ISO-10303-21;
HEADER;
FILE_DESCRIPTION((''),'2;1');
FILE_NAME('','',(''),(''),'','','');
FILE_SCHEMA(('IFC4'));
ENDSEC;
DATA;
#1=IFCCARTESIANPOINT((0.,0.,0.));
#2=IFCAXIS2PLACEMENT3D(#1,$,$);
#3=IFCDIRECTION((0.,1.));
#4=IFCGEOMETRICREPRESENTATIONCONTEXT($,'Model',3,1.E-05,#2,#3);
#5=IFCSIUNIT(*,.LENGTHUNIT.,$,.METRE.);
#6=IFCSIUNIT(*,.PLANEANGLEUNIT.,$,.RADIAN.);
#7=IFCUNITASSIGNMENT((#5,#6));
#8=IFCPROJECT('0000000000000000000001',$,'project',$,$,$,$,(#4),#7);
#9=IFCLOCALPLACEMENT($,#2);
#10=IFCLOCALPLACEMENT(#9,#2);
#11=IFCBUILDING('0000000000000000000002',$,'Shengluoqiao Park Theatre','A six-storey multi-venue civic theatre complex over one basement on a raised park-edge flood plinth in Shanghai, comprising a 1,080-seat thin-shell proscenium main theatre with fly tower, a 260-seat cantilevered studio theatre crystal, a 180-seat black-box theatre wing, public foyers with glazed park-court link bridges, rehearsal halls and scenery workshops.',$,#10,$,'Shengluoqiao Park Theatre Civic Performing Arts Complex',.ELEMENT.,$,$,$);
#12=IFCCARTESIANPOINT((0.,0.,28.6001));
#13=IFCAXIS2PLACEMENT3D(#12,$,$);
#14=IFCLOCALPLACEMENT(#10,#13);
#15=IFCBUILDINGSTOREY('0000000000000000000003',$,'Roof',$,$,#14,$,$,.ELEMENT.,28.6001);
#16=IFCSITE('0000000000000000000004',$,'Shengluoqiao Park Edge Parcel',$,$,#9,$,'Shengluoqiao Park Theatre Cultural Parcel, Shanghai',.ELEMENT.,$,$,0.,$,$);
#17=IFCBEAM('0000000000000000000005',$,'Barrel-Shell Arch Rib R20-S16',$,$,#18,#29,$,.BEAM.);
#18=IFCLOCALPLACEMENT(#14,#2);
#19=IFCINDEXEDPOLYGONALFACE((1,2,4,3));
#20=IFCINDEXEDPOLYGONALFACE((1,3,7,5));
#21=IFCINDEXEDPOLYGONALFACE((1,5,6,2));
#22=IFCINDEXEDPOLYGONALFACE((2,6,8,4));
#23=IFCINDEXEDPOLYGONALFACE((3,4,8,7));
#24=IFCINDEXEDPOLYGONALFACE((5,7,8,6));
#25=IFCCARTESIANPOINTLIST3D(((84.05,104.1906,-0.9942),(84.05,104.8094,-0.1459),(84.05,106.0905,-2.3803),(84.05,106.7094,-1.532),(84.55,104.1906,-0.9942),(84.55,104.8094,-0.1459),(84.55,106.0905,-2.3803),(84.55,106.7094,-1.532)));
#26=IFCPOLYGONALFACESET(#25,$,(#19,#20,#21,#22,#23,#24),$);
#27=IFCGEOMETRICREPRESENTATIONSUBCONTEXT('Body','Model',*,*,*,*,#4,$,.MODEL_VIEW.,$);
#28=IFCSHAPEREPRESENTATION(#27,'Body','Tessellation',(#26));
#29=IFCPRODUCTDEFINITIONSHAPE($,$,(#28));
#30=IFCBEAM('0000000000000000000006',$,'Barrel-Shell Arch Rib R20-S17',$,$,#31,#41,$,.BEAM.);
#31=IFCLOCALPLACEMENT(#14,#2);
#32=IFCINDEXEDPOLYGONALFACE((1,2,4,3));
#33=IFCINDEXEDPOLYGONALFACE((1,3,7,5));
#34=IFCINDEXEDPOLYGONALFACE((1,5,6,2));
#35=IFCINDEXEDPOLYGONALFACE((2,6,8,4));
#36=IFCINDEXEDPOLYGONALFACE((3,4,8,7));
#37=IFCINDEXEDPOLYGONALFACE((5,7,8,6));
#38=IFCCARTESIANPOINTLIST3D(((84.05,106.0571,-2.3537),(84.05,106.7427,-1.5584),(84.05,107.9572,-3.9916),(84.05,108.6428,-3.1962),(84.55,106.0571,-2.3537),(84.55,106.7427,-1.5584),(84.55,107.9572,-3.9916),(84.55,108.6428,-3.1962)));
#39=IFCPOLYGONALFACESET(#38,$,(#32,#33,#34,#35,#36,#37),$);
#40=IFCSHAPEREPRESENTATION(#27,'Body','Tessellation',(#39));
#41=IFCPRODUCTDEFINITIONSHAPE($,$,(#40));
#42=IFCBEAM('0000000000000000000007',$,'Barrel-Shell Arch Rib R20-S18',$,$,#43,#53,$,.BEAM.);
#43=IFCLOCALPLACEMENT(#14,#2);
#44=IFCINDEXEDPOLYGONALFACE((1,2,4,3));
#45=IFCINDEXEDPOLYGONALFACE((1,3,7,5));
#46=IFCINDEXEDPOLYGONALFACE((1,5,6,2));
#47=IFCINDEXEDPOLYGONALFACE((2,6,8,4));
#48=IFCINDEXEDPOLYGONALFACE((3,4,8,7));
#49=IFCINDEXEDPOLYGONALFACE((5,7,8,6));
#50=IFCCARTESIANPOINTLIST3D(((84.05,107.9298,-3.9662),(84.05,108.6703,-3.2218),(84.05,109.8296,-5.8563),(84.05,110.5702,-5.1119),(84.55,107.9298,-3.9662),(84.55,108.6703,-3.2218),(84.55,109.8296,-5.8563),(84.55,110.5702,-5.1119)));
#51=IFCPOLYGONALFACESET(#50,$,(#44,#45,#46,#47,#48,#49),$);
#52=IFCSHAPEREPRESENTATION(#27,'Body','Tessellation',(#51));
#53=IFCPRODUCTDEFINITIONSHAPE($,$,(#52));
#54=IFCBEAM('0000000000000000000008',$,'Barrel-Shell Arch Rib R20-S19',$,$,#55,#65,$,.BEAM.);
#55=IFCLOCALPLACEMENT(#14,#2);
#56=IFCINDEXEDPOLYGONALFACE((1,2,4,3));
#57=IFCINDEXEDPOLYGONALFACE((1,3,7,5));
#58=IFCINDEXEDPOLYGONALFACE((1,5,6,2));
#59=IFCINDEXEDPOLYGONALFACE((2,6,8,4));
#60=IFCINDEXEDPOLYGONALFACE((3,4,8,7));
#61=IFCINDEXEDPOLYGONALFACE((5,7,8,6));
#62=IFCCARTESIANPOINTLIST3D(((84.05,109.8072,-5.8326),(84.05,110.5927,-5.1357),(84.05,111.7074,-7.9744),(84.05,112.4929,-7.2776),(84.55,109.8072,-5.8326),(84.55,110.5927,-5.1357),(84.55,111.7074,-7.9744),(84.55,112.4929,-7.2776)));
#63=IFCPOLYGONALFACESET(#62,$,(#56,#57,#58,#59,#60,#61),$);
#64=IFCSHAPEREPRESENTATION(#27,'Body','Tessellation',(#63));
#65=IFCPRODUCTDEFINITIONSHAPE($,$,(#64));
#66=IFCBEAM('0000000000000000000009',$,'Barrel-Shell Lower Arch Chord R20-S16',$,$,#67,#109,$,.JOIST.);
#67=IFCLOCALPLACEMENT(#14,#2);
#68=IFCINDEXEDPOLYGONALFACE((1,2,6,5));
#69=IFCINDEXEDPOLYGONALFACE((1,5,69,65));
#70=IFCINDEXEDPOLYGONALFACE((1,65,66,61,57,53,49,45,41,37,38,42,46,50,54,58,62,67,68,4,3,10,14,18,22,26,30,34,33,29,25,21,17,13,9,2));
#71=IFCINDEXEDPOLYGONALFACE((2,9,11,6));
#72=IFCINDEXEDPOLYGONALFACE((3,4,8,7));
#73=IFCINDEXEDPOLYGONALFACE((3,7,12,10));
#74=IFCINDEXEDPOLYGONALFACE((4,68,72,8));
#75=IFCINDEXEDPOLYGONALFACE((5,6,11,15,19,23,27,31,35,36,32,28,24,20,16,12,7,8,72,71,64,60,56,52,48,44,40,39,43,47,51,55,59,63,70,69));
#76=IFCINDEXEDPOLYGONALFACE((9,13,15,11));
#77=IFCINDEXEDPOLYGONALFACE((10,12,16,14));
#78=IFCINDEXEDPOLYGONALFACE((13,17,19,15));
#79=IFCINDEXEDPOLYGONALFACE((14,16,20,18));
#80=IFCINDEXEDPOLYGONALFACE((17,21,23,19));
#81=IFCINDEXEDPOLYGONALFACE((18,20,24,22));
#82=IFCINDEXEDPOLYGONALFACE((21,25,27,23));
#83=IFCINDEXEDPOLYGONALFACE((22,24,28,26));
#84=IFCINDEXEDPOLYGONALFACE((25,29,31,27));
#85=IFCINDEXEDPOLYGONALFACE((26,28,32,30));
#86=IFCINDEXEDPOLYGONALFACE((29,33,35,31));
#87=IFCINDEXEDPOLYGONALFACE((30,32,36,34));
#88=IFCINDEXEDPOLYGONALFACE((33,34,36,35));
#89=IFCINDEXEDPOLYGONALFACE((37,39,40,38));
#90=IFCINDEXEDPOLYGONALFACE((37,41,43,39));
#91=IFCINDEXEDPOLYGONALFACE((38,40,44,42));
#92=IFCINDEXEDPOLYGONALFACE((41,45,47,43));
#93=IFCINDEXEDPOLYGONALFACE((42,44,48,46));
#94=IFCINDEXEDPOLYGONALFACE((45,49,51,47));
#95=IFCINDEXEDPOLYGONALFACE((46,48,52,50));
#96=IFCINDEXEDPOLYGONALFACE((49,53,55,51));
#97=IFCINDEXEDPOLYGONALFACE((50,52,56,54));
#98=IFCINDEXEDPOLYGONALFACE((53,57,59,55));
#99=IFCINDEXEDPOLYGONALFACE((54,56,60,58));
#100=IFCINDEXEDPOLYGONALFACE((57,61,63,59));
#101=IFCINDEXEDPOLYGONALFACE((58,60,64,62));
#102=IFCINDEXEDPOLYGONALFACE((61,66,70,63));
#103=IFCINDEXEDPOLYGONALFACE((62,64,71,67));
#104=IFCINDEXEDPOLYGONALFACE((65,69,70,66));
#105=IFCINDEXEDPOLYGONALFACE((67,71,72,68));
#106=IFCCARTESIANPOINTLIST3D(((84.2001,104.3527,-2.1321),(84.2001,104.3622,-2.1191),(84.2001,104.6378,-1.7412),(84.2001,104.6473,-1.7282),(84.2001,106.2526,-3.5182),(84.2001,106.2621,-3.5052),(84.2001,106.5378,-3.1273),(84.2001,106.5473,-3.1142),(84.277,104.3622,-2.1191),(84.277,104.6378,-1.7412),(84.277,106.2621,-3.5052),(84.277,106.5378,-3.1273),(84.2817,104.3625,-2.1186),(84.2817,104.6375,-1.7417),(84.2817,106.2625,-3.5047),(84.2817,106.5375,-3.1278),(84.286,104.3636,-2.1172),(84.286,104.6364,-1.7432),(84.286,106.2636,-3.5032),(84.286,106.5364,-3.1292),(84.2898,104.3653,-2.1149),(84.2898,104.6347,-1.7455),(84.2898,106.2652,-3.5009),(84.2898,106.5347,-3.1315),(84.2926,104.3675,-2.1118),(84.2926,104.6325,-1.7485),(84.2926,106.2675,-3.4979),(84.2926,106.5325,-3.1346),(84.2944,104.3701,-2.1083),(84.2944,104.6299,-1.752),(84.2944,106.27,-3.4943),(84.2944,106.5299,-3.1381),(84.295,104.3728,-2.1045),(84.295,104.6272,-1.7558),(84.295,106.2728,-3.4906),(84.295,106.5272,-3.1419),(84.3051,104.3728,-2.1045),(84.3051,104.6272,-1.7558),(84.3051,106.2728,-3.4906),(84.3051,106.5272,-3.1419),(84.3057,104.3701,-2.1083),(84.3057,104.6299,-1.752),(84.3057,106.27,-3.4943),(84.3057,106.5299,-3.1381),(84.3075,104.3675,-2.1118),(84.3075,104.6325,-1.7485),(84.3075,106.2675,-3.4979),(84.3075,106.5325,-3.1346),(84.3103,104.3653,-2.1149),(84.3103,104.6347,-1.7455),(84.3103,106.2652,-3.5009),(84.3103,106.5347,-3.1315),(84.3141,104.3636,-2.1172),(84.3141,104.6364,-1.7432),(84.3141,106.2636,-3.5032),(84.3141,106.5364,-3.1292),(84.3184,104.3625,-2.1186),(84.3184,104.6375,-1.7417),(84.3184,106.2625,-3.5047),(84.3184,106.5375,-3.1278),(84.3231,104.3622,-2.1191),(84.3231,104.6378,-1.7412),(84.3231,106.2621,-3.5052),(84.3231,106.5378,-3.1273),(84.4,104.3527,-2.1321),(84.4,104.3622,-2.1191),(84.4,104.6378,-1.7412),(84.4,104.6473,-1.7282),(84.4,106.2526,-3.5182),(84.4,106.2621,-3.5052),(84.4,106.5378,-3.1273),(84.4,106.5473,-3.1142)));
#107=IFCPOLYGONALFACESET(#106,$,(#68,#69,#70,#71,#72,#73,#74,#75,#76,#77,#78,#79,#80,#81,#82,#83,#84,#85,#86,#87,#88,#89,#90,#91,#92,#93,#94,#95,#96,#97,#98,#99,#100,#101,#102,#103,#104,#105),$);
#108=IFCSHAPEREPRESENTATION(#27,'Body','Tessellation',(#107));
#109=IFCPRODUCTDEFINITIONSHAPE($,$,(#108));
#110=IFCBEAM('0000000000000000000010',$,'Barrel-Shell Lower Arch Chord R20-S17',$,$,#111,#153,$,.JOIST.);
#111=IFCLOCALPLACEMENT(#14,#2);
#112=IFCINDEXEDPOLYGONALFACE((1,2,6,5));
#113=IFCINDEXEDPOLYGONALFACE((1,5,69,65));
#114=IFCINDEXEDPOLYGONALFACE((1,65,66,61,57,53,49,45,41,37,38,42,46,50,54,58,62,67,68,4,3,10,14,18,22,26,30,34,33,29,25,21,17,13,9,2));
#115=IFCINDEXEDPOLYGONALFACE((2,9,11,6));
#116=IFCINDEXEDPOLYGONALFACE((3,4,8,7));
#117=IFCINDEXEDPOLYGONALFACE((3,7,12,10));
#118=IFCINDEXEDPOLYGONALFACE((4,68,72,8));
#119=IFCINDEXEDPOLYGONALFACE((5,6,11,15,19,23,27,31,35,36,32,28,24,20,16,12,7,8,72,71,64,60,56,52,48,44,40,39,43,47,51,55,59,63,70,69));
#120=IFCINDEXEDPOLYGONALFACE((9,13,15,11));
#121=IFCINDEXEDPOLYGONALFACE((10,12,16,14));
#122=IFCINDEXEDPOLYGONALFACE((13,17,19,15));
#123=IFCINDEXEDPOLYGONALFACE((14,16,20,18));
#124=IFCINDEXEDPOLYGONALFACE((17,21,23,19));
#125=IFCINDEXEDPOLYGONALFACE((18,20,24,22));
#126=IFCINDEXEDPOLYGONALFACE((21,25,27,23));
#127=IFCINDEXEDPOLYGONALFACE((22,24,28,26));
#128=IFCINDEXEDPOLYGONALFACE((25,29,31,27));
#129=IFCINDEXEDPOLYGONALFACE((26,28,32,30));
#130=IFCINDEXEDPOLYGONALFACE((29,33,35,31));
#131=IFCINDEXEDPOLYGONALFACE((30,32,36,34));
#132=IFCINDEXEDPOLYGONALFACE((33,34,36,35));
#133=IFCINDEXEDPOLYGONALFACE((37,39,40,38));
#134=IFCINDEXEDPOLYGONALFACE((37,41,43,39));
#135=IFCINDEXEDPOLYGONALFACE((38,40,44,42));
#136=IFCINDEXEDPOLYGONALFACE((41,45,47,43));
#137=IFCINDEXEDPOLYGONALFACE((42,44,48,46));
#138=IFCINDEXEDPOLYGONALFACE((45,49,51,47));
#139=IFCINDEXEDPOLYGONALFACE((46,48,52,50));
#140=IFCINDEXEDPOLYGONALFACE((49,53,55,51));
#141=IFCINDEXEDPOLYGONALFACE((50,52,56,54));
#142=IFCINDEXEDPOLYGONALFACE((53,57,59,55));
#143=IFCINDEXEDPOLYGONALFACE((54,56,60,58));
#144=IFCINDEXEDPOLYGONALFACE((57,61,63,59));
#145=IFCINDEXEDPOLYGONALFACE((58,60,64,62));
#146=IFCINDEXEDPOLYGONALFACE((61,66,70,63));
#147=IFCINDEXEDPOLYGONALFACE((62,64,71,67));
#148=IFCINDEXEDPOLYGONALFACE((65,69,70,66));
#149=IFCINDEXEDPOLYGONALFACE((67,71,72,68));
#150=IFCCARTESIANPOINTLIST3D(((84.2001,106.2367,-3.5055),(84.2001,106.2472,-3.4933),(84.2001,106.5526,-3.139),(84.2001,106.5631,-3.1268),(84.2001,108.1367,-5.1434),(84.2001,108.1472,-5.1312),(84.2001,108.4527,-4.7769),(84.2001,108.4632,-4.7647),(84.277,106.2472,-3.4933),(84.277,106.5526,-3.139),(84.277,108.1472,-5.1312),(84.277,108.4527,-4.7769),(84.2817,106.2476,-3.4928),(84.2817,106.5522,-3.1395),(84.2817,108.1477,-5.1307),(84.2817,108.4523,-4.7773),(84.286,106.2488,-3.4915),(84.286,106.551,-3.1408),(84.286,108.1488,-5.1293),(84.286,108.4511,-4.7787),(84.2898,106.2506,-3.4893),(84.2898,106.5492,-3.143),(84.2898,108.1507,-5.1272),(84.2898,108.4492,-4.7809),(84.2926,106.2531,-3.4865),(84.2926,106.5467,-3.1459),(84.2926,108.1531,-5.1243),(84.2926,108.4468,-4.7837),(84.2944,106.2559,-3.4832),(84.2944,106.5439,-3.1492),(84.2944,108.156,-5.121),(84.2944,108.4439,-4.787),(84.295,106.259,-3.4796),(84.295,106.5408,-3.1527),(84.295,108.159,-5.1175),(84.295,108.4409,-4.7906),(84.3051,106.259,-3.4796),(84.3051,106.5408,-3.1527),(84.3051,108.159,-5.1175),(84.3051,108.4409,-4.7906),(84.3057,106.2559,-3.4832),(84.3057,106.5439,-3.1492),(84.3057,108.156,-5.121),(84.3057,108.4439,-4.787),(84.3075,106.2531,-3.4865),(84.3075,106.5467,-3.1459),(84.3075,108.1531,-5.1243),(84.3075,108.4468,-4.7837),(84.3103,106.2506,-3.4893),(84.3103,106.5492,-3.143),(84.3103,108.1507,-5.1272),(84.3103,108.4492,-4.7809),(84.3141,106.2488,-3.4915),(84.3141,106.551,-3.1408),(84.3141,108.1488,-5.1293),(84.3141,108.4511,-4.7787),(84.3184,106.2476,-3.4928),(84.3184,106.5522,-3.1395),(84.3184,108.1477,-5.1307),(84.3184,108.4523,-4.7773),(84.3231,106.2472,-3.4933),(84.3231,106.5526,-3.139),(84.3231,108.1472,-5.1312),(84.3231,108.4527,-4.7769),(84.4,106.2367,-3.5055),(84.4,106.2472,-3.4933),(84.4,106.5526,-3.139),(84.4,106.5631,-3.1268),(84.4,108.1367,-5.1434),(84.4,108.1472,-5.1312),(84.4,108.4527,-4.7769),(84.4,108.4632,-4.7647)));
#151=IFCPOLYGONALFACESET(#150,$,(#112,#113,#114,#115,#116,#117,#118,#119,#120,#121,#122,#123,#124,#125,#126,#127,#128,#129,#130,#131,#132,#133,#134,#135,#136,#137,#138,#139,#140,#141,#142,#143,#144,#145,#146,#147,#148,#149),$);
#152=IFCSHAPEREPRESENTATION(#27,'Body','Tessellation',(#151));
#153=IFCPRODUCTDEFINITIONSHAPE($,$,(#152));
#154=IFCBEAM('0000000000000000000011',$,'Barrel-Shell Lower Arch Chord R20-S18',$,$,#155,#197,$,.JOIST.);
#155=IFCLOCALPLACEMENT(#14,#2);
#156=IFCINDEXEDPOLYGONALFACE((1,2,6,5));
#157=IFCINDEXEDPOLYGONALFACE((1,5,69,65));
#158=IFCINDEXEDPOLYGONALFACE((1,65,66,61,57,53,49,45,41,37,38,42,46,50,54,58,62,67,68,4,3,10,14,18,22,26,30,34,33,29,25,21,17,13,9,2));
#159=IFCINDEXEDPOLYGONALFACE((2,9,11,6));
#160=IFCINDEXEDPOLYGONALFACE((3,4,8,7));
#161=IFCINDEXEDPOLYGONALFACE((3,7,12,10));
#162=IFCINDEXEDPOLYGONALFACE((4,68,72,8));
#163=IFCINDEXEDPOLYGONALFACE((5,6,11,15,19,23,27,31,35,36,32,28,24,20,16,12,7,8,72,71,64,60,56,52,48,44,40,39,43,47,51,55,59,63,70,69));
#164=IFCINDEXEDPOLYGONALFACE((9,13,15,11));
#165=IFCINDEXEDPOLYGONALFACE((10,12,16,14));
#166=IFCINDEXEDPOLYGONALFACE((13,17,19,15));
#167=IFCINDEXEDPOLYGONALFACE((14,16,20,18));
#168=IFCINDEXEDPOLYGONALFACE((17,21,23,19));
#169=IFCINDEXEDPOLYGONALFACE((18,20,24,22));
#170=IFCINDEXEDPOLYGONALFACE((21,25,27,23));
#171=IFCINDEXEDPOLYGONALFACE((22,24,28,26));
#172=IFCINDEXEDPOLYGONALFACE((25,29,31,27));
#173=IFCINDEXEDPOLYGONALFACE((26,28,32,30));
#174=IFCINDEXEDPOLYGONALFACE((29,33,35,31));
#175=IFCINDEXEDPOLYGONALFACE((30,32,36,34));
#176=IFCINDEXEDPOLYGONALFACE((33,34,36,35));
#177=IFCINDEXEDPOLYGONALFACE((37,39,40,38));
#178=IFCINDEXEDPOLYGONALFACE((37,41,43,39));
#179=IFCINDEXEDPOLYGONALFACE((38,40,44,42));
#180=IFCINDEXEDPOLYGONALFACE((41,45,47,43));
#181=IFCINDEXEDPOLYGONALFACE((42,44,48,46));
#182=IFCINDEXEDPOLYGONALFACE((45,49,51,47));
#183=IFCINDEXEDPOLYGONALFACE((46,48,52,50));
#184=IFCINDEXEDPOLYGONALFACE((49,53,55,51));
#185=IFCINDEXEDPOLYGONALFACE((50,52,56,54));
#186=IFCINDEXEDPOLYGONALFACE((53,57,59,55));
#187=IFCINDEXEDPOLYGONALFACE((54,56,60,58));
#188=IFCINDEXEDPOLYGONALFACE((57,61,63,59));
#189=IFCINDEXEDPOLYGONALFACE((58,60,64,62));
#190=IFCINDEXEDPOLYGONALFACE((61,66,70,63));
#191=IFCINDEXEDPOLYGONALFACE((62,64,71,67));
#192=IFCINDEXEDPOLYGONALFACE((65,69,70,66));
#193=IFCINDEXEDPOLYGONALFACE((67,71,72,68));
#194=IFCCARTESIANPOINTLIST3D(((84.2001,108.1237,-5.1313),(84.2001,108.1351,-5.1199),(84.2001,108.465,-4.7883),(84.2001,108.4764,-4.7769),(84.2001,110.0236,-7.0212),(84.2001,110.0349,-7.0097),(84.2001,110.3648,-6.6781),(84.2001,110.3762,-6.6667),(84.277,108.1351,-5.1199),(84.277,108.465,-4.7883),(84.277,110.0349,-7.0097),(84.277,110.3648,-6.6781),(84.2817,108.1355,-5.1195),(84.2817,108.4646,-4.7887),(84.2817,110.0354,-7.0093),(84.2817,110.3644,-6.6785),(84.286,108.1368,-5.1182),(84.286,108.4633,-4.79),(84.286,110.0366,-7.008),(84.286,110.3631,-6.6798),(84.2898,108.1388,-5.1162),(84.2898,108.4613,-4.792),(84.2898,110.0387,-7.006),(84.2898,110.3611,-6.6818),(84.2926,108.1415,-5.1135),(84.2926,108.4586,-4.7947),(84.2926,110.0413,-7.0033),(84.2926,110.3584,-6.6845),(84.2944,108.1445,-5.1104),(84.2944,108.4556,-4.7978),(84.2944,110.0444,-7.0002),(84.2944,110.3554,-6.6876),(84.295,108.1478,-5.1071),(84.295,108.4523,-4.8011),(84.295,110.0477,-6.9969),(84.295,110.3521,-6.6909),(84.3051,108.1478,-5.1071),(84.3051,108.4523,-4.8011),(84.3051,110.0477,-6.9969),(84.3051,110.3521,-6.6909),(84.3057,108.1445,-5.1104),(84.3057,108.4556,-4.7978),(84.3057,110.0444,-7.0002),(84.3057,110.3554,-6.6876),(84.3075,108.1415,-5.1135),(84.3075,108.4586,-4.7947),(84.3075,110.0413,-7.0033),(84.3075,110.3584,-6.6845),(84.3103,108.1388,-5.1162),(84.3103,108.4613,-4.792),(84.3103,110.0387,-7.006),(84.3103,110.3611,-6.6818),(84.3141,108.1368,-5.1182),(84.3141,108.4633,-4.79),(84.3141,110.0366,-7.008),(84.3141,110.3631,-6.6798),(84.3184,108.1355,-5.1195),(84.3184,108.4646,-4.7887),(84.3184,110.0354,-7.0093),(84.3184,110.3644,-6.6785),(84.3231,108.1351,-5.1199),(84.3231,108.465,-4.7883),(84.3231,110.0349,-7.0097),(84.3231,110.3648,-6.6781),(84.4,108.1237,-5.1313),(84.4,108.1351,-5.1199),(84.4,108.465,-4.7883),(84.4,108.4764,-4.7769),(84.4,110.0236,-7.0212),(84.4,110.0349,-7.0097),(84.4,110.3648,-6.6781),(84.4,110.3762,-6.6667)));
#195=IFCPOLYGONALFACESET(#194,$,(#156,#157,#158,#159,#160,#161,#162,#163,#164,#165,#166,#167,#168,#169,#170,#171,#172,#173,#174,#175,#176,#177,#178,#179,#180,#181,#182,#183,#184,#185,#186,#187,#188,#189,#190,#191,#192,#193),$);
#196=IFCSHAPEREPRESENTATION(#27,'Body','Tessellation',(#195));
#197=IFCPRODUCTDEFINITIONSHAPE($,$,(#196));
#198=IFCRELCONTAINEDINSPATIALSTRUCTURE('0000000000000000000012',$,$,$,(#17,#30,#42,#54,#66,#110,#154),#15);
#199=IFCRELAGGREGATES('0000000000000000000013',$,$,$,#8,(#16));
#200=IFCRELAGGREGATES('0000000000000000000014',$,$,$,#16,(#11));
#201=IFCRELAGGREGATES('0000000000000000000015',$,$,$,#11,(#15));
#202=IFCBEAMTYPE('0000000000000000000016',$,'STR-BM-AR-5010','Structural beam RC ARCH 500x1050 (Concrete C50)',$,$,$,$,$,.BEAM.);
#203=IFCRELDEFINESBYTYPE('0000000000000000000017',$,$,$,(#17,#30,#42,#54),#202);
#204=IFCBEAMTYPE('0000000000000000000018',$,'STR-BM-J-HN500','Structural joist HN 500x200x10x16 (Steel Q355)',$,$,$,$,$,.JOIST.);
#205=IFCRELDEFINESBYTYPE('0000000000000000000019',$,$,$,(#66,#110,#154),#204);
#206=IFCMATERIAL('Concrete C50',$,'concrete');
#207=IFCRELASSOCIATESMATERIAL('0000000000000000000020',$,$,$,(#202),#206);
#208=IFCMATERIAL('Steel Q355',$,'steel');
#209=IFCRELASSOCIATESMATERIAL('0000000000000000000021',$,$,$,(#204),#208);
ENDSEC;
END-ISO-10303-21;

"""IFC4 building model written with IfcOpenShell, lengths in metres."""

from ifc_helpers import new_model, si_unit, direction, frame, origin, origin_2d, place, context, subcontext, project, spatial, rectangle, i_section, extrude, material, material_profile, profile_set, type_object, element, save


model = new_model("IFC4")

# Units and contexts
model_context = context("Model", 3, precision=1e-05, world=origin(), true_north=direction((0.0, 1.0)))
body_context = subcontext(model_context, "Body", "Model", "MODEL_VIEW")
ifc_project = project(units=[si_unit("LENGTHUNIT", "METRE"), si_unit("PLANEANGLEUNIT", "RADIAN")], contexts=[model_context])

# Site, building, storey
site_placement = place(None, origin())
site = spatial("IfcSite", under=ifc_project, at=site_placement, Name="Shengluoqiao Park Edge Parcel", LongName="Shengluoqiao Park Theatre Cultural Parcel, Shanghai", CompositionType="ELEMENT", RefElevation=0.0)
building_placement = place(site_placement, origin())
building = spatial("IfcBuilding", under=site, at=building_placement, Name="Shengluoqiao Park Theatre", Description="A six-storey multi-venue civic theatre complex over one basement on a raised park-edge flood plinth in Shanghai, comprising a 1,080-seat thin-shell proscenium main theatre with fly tower, a 260-seat cantilevered studio theatre crystal, a 180-seat black-box theatre wing, public foyers with glazed park-court link bridges, rehearsal halls and scenery workshops.", LongName="Shengluoqiao Park Theatre Civic Performing Arts Complex", CompositionType="ELEMENT")
storey_placement = place(building_placement, frame((0.0, 0.0, 28.6001)))
storey = spatial("IfcBuildingStorey", under=building, at=storey_placement, Name="Roof", CompositionType="ELEMENT", Elevation=28.6001)

# Beams
ifc_material_1 = material(Name="Concrete C50", Category="concrete")
ifc_material_profile_1 = material_profile(ifc_material_1, rectangle(XDim=0.5, YDim=1.05, at=origin_2d()), Name="RC ARCH 500x1050")
ifc_profile_set_1 = profile_set([ifc_material_profile_1], Name="Concrete C50")
beam_type_1 = type_object("IfcBeamType", Name="STR-BM-AR-5010", Description="Structural beam RC ARCH 500x1050 (Concrete C50)", PredefinedType="BEAM", material=ifc_profile_set_1)
beam_1_placement = place(storey_placement, frame((84.3, 104.5, -0.5701), z_axis=(0.0, 0.807878, -0.58935), x_axis=(-1.0, 0.0, 0.0)))
element("IfcBeam", 1, at=beam_1_placement, inside=storey, type_object=beam_type_1, Name="Barrel-Shell Arch Rib R20-S16", PredefinedType="BEAM", context=body_context, shape_type="SweptSolid", body=[
    extrude(rectangle(XDim=0.5, YDim=1.05, at=origin_2d()), origin(), (0.0, 0.0, 1.0), 2.3518),
])
beam_2_placement = place(storey_placement, frame((84.3, 106.3999, -1.9561), z_axis=(0.0, 0.757433, -0.652913), x_axis=(-1.0, 0.0, 0.0)))
element("IfcBeam", 2, at=beam_2_placement, inside=storey, type_object=beam_type_1, Name="Barrel-Shell Arch Rib R20-S17", PredefinedType="BEAM", context=body_context, shape_type="SweptSolid", body=[
    extrude(rectangle(XDim=0.5, YDim=1.05, at=origin_2d()), origin(), (0.0, 0.0, 1.0), 2.5085),
])
beam_3_placement = place(storey_placement, frame((84.3, 108.3, -3.594), z_axis=(0.0, 0.708926, -0.705282), x_axis=(-1.0, 0.0, 0.0)))
element("IfcBeam", 3, at=beam_3_placement, inside=storey, type_object=beam_type_1, Name="Barrel-Shell Arch Rib R20-S18", PredefinedType="BEAM", context=body_context, shape_type="SweptSolid", body=[
    extrude(rectangle(XDim=0.5, YDim=1.05, at=origin_2d()), origin(), (0.0, 0.0, 1.0), 2.6799),
])
beam_4_placement = place(storey_placement, frame((84.3, 110.2, -5.4841), z_axis=(0.0, 0.663638, -0.748053), x_axis=(-1.0, 0.0, 0.0)))
element("IfcBeam", 4, at=beam_4_placement, inside=storey, type_object=beam_type_1, Name="Barrel-Shell Arch Rib R20-S19", PredefinedType="BEAM", context=body_context, shape_type="SweptSolid", body=[
    extrude(rectangle(XDim=0.5, YDim=1.05, at=origin_2d()), origin(), (0.0, 0.0, 1.0), 2.8633),
])
ifc_material_2 = material(Name="Steel Q355", Category="steel")
ifc_material_profile_2 = material_profile(ifc_material_2, i_section(OverallWidth=0.2, OverallDepth=0.5, WebThickness=0.01, FlangeThickness=0.0161, FilletRadius=0.0181, at=origin_2d()), Name="HN 500x200x10x16")
ifc_profile_set_2 = profile_set([ifc_material_profile_2], Name="Steel Q355")
beam_type_2 = type_object("IfcBeamType", Name="STR-BM-J-HN500", Description="Structural joist HN 500x200x10x16 (Steel Q355)", PredefinedType="JOIST", material=ifc_profile_set_2)
beam_5_placement = place(storey_placement, frame((84.3, 104.5, -1.9302), z_axis=(0.0, 0.807878, -0.58935), x_axis=(-1.0, 0.0, 0.0)))
element("IfcBeam", 5, at=beam_5_placement, inside=storey, type_object=beam_type_2, Name="Barrel-Shell Lower Arch Chord R20-S16", PredefinedType="JOIST", context=body_context, shape_type="SweptSolid", body=[
    extrude(i_section(OverallWidth=0.2, OverallDepth=0.5, WebThickness=0.01, FlangeThickness=0.0161, FilletRadius=0.0181, at=origin_2d()), origin(), (0.0, 0.0, 1.0), 2.3518),
])
beam_6_placement = place(storey_placement, frame((84.3, 106.3999, -3.3162), z_axis=(0.0, 0.757433, -0.652913), x_axis=(-1.0, 0.0, 0.0)))
element("IfcBeam", 6, at=beam_6_placement, inside=storey, type_object=beam_type_2, Name="Barrel-Shell Lower Arch Chord R20-S17", PredefinedType="JOIST", context=body_context, shape_type="SweptSolid", body=[
    extrude(i_section(OverallWidth=0.2, OverallDepth=0.5, WebThickness=0.01, FlangeThickness=0.0161, FilletRadius=0.0181, at=origin_2d()), origin(), (0.0, 0.0, 1.0), 2.5085),
])
beam_7_placement = place(storey_placement, frame((84.3, 108.3, -4.9541), z_axis=(0.0, 0.708972, -0.705237), x_axis=(-1.0, 0.0, 0.0)))
element("IfcBeam", 7, at=beam_7_placement, inside=storey, type_object=beam_type_2, Name="Barrel-Shell Lower Arch Chord R20-S18", PredefinedType="JOIST", context=body_context, shape_type="SweptSolid", body=[
    extrude(i_section(OverallWidth=0.2, OverallDepth=0.5, WebThickness=0.01, FlangeThickness=0.0161, FilletRadius=0.0181, at=origin_2d()), origin(), (0.0, 0.0, 1.0), 2.6797),
])

save(model, "model.ifc")
